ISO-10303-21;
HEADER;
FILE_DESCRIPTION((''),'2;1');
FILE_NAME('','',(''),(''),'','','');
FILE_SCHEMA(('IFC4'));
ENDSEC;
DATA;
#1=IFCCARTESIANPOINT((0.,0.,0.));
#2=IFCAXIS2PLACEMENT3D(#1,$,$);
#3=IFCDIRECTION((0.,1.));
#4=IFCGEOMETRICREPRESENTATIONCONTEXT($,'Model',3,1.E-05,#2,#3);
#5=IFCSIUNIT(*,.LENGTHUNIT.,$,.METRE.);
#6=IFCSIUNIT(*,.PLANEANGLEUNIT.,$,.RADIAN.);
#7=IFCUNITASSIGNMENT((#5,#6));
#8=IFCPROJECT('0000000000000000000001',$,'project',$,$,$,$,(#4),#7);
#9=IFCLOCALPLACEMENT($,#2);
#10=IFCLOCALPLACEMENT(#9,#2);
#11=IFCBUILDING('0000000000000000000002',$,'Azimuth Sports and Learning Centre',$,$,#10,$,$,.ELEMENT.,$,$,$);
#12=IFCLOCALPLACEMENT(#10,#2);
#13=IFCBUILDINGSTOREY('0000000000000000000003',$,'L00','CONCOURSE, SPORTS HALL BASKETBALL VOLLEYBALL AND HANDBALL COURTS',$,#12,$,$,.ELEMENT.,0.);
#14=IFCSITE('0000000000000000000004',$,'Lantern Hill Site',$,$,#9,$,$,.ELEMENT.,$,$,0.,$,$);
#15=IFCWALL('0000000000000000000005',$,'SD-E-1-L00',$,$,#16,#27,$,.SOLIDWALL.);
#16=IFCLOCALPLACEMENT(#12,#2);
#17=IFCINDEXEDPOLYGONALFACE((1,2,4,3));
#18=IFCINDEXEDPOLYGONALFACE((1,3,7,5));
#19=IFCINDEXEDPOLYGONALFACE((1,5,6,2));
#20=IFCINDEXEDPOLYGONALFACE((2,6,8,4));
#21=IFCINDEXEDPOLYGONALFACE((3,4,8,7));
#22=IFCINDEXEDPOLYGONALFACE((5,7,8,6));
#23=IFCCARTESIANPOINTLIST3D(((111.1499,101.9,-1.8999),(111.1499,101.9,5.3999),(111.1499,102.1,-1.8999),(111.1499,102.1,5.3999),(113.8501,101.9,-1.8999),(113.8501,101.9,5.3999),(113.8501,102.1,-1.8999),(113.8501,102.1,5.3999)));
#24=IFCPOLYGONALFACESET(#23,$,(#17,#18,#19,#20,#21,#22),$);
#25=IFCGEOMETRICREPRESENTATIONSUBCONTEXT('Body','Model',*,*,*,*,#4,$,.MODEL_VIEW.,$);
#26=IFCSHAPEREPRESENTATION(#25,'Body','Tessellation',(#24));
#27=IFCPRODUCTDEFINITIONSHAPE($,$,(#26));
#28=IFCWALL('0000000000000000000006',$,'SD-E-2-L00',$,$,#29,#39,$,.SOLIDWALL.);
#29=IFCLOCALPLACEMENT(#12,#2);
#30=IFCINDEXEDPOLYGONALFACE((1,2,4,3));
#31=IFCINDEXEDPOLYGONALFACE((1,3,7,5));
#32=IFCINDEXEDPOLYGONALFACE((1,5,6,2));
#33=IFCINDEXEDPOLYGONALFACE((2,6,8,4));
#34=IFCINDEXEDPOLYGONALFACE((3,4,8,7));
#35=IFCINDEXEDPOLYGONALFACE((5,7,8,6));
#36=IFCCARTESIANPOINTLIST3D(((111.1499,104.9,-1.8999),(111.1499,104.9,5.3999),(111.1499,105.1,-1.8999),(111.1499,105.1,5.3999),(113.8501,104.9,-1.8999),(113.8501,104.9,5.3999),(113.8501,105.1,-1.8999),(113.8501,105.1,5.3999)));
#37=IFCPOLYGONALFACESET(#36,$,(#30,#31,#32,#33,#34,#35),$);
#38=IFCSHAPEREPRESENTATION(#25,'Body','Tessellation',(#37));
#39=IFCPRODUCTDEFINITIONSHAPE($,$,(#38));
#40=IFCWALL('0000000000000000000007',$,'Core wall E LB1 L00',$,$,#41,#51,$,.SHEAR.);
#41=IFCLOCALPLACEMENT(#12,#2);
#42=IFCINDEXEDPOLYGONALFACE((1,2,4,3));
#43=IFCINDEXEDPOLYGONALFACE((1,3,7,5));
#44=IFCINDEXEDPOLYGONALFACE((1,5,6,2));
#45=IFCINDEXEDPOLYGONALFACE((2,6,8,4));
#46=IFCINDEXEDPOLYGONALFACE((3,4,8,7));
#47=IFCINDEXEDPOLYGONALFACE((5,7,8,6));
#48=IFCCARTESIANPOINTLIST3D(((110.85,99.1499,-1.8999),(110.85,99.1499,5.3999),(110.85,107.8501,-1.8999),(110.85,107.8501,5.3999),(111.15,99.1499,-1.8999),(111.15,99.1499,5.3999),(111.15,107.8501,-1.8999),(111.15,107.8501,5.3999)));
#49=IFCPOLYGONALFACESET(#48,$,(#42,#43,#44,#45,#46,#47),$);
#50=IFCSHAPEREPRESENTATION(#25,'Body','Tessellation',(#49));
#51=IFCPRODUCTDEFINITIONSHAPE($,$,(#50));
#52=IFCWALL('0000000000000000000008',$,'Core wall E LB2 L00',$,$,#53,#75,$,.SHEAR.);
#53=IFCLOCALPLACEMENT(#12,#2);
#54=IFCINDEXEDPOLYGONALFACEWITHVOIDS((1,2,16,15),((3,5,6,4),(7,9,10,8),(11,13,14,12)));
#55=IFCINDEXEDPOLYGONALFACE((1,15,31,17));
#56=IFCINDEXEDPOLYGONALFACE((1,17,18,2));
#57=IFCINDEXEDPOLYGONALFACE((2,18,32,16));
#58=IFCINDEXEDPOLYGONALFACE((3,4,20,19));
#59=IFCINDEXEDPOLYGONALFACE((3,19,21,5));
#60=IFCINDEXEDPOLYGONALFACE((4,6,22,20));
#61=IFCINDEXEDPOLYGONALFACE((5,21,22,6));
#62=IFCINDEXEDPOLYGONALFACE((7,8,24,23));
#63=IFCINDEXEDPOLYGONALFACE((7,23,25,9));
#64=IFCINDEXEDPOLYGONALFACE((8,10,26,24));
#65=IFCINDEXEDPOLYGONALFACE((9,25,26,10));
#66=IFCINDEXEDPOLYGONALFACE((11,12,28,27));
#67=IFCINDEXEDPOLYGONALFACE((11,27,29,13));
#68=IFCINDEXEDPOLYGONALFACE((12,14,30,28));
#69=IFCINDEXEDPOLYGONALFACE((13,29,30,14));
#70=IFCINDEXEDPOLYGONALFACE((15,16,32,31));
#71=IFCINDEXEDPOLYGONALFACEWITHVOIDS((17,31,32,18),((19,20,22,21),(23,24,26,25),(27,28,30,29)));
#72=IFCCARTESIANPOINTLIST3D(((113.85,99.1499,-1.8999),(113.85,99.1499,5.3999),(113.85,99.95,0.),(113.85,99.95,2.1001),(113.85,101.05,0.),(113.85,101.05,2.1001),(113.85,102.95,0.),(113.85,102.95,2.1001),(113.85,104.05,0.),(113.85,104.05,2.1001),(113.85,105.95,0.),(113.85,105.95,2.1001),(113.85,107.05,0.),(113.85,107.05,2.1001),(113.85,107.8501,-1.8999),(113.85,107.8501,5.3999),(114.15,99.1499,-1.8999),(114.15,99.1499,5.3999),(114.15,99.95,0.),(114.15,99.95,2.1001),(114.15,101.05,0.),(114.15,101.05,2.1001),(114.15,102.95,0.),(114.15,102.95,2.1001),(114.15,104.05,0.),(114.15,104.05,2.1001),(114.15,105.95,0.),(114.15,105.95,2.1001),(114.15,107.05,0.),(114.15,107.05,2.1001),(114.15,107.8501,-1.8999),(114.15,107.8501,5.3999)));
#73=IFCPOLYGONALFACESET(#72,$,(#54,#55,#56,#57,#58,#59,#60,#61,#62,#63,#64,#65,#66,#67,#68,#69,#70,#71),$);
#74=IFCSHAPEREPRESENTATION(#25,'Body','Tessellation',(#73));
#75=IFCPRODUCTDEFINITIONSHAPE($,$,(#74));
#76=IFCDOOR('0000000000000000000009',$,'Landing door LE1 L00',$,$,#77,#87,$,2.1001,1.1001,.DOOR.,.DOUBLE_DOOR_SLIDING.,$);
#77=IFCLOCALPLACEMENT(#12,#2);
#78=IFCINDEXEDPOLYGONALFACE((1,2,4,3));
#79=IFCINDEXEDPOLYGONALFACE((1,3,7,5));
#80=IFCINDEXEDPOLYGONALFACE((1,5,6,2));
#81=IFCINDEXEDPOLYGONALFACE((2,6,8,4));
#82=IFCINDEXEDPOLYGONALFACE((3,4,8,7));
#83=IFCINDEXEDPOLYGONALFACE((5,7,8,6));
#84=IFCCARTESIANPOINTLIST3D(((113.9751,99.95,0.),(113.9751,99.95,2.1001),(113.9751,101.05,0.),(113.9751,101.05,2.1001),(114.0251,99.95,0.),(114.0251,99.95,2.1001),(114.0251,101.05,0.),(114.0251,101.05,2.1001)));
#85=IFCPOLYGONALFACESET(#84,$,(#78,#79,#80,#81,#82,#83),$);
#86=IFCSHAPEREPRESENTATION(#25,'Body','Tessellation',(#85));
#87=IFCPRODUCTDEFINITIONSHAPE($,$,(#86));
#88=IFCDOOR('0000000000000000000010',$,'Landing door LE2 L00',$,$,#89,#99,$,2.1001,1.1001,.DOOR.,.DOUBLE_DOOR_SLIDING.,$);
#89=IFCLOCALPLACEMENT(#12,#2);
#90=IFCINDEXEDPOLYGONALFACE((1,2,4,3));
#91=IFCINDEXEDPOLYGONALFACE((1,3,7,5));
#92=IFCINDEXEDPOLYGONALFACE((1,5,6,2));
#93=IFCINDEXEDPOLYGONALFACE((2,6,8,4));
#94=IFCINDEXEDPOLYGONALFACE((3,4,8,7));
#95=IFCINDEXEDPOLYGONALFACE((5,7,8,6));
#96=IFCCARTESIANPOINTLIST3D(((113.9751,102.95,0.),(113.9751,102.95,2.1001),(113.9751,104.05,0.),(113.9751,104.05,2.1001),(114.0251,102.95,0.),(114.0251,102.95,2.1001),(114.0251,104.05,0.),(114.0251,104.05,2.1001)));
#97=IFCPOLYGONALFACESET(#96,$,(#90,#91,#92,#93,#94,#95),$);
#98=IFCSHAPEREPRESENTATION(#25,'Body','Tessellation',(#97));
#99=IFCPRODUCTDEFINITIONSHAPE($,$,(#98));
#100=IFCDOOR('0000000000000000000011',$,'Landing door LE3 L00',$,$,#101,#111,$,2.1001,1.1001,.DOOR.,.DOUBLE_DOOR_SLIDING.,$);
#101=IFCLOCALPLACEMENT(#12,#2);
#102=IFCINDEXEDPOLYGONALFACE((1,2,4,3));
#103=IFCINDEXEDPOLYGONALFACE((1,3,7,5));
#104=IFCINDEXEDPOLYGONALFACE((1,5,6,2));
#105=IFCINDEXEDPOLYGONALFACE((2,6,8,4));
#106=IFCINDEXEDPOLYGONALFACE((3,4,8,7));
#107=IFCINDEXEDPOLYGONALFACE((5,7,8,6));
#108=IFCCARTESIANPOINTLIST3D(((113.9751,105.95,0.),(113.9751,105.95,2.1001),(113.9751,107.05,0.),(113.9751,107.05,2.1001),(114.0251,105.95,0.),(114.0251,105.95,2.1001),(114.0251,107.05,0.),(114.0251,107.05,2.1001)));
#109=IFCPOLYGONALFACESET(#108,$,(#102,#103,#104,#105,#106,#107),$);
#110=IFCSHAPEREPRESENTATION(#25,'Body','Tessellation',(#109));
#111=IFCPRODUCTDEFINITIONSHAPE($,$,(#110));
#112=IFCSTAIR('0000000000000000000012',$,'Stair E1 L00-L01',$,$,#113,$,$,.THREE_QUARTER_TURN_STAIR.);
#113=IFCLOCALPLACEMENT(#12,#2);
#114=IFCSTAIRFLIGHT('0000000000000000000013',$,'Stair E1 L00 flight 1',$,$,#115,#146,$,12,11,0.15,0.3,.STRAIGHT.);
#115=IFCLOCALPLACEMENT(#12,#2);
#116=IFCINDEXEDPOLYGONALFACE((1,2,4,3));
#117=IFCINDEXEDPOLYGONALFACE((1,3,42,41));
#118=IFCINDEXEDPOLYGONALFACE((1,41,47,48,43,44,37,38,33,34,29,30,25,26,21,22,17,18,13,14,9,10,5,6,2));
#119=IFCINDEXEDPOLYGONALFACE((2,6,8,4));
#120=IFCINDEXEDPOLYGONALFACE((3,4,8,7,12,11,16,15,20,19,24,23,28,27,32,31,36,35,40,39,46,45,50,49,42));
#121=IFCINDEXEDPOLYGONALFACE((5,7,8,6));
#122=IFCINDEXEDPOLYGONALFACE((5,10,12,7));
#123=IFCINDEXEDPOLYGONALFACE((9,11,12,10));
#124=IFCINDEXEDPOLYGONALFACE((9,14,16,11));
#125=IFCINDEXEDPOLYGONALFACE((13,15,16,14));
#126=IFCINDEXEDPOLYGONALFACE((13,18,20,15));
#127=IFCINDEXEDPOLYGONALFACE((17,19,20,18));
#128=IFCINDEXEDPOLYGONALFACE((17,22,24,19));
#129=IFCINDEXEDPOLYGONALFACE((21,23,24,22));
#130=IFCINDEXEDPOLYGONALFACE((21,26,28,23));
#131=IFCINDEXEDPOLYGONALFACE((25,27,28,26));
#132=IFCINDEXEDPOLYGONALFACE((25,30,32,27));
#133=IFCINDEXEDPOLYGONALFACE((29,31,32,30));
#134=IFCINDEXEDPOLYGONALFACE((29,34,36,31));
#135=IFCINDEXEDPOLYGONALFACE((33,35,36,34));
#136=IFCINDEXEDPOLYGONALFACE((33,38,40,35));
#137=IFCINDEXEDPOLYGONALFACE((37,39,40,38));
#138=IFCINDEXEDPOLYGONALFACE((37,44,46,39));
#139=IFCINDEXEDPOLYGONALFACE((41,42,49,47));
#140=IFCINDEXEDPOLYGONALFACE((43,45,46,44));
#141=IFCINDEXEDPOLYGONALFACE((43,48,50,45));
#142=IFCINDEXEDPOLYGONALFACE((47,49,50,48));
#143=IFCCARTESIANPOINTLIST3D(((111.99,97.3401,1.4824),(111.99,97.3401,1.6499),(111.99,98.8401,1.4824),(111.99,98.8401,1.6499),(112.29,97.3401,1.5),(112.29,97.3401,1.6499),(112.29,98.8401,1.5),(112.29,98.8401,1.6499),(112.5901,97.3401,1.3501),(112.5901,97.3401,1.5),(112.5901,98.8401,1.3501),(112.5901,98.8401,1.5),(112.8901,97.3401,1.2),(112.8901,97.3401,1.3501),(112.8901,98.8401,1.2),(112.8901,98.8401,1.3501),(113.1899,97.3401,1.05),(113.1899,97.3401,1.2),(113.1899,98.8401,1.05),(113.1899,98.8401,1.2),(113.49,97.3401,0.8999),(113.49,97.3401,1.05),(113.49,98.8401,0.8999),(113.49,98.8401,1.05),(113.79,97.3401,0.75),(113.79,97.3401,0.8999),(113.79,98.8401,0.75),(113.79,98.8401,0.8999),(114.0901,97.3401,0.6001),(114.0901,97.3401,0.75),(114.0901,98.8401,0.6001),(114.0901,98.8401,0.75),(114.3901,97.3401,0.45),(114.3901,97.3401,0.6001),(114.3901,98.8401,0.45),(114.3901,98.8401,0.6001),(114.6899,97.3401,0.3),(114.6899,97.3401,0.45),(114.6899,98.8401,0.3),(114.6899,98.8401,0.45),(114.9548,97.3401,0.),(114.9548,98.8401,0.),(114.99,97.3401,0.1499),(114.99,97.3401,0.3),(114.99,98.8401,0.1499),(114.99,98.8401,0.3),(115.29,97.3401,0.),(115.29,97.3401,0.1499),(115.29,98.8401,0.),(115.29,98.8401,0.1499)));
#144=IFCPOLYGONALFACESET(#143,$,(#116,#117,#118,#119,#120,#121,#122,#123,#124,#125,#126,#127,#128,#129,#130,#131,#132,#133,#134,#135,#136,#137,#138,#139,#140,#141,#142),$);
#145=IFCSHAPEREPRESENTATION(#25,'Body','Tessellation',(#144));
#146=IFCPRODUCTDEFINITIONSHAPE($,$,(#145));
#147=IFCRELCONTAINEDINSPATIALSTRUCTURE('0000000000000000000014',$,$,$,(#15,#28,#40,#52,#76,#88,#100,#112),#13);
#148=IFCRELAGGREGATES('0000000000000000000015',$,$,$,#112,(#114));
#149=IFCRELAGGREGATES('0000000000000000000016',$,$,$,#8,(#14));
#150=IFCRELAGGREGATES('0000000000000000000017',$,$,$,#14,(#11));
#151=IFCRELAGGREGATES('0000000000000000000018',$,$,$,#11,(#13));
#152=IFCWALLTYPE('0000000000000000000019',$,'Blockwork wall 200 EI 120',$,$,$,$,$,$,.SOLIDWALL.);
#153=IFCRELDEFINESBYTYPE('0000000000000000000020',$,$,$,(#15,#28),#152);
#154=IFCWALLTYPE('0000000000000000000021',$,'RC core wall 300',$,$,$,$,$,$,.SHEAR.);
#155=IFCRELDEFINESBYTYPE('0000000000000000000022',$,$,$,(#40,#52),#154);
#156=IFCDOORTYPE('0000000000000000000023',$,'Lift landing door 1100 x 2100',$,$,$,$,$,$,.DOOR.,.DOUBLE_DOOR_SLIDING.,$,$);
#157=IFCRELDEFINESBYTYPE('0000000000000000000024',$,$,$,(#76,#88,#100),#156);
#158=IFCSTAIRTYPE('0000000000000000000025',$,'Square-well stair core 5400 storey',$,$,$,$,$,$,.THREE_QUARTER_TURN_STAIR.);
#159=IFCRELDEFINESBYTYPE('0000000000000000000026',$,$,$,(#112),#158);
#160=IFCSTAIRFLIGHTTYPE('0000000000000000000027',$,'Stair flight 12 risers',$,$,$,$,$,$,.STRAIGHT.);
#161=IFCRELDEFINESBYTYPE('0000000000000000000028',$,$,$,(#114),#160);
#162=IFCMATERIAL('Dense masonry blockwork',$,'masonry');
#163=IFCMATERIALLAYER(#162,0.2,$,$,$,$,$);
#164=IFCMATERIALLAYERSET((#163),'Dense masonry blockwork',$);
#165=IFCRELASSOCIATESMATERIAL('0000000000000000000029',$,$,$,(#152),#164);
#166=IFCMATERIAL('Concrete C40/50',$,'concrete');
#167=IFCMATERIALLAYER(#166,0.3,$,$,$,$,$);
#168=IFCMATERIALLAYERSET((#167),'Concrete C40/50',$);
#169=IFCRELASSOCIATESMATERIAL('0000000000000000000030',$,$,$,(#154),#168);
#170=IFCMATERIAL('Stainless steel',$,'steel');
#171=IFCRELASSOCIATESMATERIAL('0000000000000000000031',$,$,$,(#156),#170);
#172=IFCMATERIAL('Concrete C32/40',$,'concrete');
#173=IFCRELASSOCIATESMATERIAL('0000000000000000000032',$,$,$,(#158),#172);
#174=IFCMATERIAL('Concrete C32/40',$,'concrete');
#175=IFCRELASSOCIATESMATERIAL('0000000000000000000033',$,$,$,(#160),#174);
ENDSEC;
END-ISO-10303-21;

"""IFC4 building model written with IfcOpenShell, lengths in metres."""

from ifc_helpers import new_model, si_unit, direction, frame, frame_2d, origin, place, context, subcontext, project, spatial, polyline, rectangle, outline, extrude, material, layer, layer_set, type_object, element, fill, aggregate, save


model = new_model("IFC4")

# Units and contexts
model_context = context("Model", 3, precision=1e-05, world=origin(), true_north=direction((0.0, 1.0)))
body_context = subcontext(model_context, "Body", "Model", "MODEL_VIEW")
ifc_project = project(units=[si_unit("LENGTHUNIT", "METRE"), si_unit("PLANEANGLEUNIT", "RADIAN")], contexts=[model_context])

# Site, building, storey
site_placement = place(None, origin())
site = spatial("IfcSite", under=ifc_project, at=site_placement, Name="Lantern Hill Site", CompositionType="ELEMENT", RefElevation=0.0)
building_placement = place(site_placement, origin())
building = spatial("IfcBuilding", under=site, at=building_placement, Name="Azimuth Sports and Learning Centre", CompositionType="ELEMENT")
storey_placement = place(building_placement, origin())
storey = spatial("IfcBuildingStorey", under=building, at=storey_placement, Name="L00", Description="CONCOURSE, SPORTS HALL BASKETBALL VOLLEYBALL AND HANDBALL COURTS", CompositionType="ELEMENT", Elevation=0.0)

# Walls
ifc_material_1 = material(Name="Dense masonry blockwork", Category="masonry")
ifc_layer_1 = layer(ifc_material_1, 0.2)
ifc_layer_set_1 = layer_set([ifc_layer_1], Name="Dense masonry blockwork")
wall_type_1 = type_object("IfcWallType", Name="Blockwork wall 200 EI 120", PredefinedType="SOLIDWALL", material=ifc_layer_set_1)
for number, where, z_axis, x_axis, name in (
    (1, (111.1499, 102.0, -1.8999), (0.0, 0.0, 1.0), (1.0, 0.0, 0.0), "SD-E-1-L00"),
    (2, (111.1499, 105.0, -1.8999), (0.0, 0.0, 1.0), (1.0, 0.0, 0.0), "SD-E-2-L00"),
):
    element("IfcWall", number, at=place(storey_placement, frame(where, z_axis=z_axis, x_axis=x_axis)), inside=storey, type_object=wall_type_1, Name=name, PredefinedType="SOLIDWALL", context=body_context, shape_type="SweptSolid", body=[
        extrude(rectangle(XDim=2.7002, YDim=0.2, at=frame_2d((1.3501, 0.0))), origin(), (0.0, 0.0, 1.0), 7.2998),
    ])
ifc_material_2 = material(Name="Concrete C40/50", Category="concrete")
ifc_layer_2 = layer(ifc_material_2, 0.3)
ifc_layer_set_2 = layer_set([ifc_layer_2], Name="Concrete C40/50")
wall_type_2 = type_object("IfcWallType", Name="RC core wall 300", PredefinedType="SHEAR", material=ifc_layer_set_2)
wall_1_placement = place(storey_placement, frame((111.0, 99.1499, -1.8999), z_axis=(0.0, 0.0, 1.0), x_axis=(0.0, 1.0, 0.0)))
element("IfcWall", 3, at=wall_1_placement, inside=storey, type_object=wall_type_2, Name="Core wall E LB1 L00", PredefinedType="SHEAR", context=body_context, shape_type="SweptSolid", body=[
    extrude(rectangle(XDim=8.7002, YDim=0.3, at=frame_2d((4.3501, 0.0))), origin(), (0.0, 0.0, 1.0), 7.2998),
])

# Wall, openings, doors
wall_2_placement = place(storey_placement, frame((114.0, 99.1499, -1.8999), z_axis=(0.0, 0.0, 1.0), x_axis=(0.0, 1.0, 0.0)))
wall_2 = element("IfcWall", 4, at=wall_2_placement, inside=storey, type_object=wall_type_2, Name="Core wall E LB2 L00", PredefinedType="SHEAR", context=body_context, shape_type="SweptSolid", body=[
    extrude(rectangle(XDim=8.7002, YDim=0.3, at=frame_2d((4.3501, 0.0))), origin(), (0.0, 0.0, 1.0), 7.2998),
])
opening_1_placement = place(wall_2_placement, frame((0.8, 0.0, 1.8999)))
opening_1 = element("IfcOpeningElement", 5, at=opening_1_placement, cuts=wall_2, PredefinedType="OPENING", context=body_context, shape_type="SweptSolid", body=[
    extrude(rectangle(XDim=1.1001, YDim=2.1001, at=frame_2d((0.55, 1.05))), frame((0.0, 0.1611, 0.0), z_axis=(0.0, -1.0, 0.0), x_axis=(1.0, 0.0, 0.0)), (0.0, 0.0, 1.0), 0.322),
])
opening_2_placement = place(wall_2_placement, frame((3.8, 0.0, 1.8999)))
opening_2 = element("IfcOpeningElement", 6, at=opening_2_placement, cuts=wall_2, PredefinedType="OPENING", context=body_context, shape_type="SweptSolid", body=[
    extrude(rectangle(XDim=1.1001, YDim=2.1001, at=frame_2d((0.55, 1.05))), frame((0.0, 0.1611, 0.0), z_axis=(0.0, -1.0, 0.0), x_axis=(1.0, 0.0, 0.0)), (0.0, 0.0, 1.0), 0.322),
])
opening_3_placement = place(wall_2_placement, frame((6.8, 0.0, 1.8999)))
opening_3 = element("IfcOpeningElement", 7, at=opening_3_placement, cuts=wall_2, PredefinedType="OPENING", context=body_context, shape_type="SweptSolid", body=[
    extrude(rectangle(XDim=1.1001, YDim=2.1001, at=frame_2d((0.55, 1.05))), frame((0.0, 0.1611, 0.0), z_axis=(0.0, -1.0, 0.0), x_axis=(1.0, 0.0, 0.0)), (0.0, 0.0, 1.0), 0.322),
])
ifc_material_3 = material(Name="Stainless steel", Category="steel")
door_type = type_object("IfcDoorType", Name="Lift landing door 1100 x 2100", OperationType="DOUBLE_DOOR_SLIDING", PredefinedType="DOOR", material=ifc_material_3)
door_1_placement = place(opening_1_placement, origin())
door_1 = element("IfcDoor", 8, at=door_1_placement, inside=storey, type_object=door_type, Name="Landing door LE1 L00", OperationType="DOUBLE_DOOR_SLIDING", OverallHeight=2.1001, OverallWidth=1.1001, PredefinedType="DOOR", context=body_context, shape_type="SweptSolid", body=[
    extrude(rectangle(XDim=1.1001, YDim=2.1001, at=frame_2d((0.55, 1.05))), frame((0.0, 0.0249, 0.0), z_axis=(0.0, -1.0, 0.0), x_axis=(1.0, 0.0, 0.0)), (0.0, 0.0, 1.0), 0.05),
])
fill(opening_1, door_1)
door_2_placement = place(opening_2_placement, origin())
door_2 = element("IfcDoor", 9, at=door_2_placement, inside=storey, type_object=door_type, Name="Landing door LE2 L00", OperationType="DOUBLE_DOOR_SLIDING", OverallHeight=2.1001, OverallWidth=1.1001, PredefinedType="DOOR", context=body_context, shape_type="SweptSolid", body=[
    extrude(rectangle(XDim=1.1001, YDim=2.1001, at=frame_2d((0.55, 1.05))), frame((0.0, 0.0249, 0.0), z_axis=(0.0, -1.0, 0.0), x_axis=(1.0, 0.0, 0.0)), (0.0, 0.0, 1.0), 0.05),
])
fill(opening_2, door_2)
door_3_placement = place(opening_3_placement, origin())
door_3 = element("IfcDoor", 10, at=door_3_placement, inside=storey, type_object=door_type, Name="Landing door LE3 L00", OperationType="DOUBLE_DOOR_SLIDING", OverallHeight=2.1001, OverallWidth=1.1001, PredefinedType="DOOR", context=body_context, shape_type="SweptSolid", body=[
    extrude(rectangle(XDim=1.1001, YDim=2.1001, at=frame_2d((0.55, 1.05))), frame((0.0, 0.0249, 0.0), z_axis=(0.0, -1.0, 0.0), x_axis=(1.0, 0.0, 0.0)), (0.0, 0.0, 1.0), 0.05),
])
fill(opening_3, door_3)

# Stair, stair flight
ifc_material_4 = material(Name="Concrete C32/40", Category="concrete")
stair_type = type_object("IfcStairType", Name="Square-well stair core 5400 storey", PredefinedType="THREE_QUARTER_TURN_STAIR", material=ifc_material_4)
stair_placement = place(storey_placement, origin())
stair = element("IfcStair", 11, at=stair_placement, inside=storey, type_object=stair_type, Name="Stair E1 L00-L01", PredefinedType="THREE_QUARTER_TURN_STAIR")
ifc_material_5 = material(Name="Concrete C32/40", Category="concrete")
stair_flight_type = type_object("IfcStairFlightType", Name="Stair flight 12 risers", PredefinedType="STRAIGHT", material=ifc_material_5)
stair_flight_1_placement = place(storey_placement, frame((115.29, 98.0901, 0.0), z_axis=(0.0, 0.0, 1.0), x_axis=(-1.0, 0.0, 0.0)))
stair_flight_1 = element("IfcStairFlight", 12, at=stair_flight_1_placement, type_object=stair_flight_type, Name="Stair E1 L00 flight 1", NumberOfRisers=12, NumberOfTreads=11, PredefinedType="STRAIGHT", RiserHeight=0.15, TreadLength=0.3, context=body_context, shape_type="SweptSolid", body=[
    extrude(outline(polyline([(0.0, 0.0), (0.0, 0.1499), (0.3, 0.1499), (0.3, 0.3), (0.6001, 0.3), (0.6001, 0.45), (0.8999, 0.45), (0.8999, 0.6001), (1.2, 0.6001), (1.2, 0.75), (1.5, 0.75), (1.5, 0.8999), (1.8, 0.8999), (1.8, 1.05), (2.1001, 1.05), (2.1001, 1.2), (2.3999, 1.2), (2.3999, 1.3501), (2.7, 1.3501), (2.7, 1.5), (3.0, 1.5), (3.0, 1.6499), (3.3, 1.6499), (3.3, 1.8), (3.3, 1.4824), (0.3352, 0.0), (0.0, 0.0)])), frame((0.0, 0.75, 0.0), z_axis=(0.0, -1.0, 0.0), x_axis=(1.0, 0.0, 0.0)), (0.0, 0.0, 1.0), 1.5),
])
aggregate(stair, [stair_flight_1])

save(model, "model.ifc")
